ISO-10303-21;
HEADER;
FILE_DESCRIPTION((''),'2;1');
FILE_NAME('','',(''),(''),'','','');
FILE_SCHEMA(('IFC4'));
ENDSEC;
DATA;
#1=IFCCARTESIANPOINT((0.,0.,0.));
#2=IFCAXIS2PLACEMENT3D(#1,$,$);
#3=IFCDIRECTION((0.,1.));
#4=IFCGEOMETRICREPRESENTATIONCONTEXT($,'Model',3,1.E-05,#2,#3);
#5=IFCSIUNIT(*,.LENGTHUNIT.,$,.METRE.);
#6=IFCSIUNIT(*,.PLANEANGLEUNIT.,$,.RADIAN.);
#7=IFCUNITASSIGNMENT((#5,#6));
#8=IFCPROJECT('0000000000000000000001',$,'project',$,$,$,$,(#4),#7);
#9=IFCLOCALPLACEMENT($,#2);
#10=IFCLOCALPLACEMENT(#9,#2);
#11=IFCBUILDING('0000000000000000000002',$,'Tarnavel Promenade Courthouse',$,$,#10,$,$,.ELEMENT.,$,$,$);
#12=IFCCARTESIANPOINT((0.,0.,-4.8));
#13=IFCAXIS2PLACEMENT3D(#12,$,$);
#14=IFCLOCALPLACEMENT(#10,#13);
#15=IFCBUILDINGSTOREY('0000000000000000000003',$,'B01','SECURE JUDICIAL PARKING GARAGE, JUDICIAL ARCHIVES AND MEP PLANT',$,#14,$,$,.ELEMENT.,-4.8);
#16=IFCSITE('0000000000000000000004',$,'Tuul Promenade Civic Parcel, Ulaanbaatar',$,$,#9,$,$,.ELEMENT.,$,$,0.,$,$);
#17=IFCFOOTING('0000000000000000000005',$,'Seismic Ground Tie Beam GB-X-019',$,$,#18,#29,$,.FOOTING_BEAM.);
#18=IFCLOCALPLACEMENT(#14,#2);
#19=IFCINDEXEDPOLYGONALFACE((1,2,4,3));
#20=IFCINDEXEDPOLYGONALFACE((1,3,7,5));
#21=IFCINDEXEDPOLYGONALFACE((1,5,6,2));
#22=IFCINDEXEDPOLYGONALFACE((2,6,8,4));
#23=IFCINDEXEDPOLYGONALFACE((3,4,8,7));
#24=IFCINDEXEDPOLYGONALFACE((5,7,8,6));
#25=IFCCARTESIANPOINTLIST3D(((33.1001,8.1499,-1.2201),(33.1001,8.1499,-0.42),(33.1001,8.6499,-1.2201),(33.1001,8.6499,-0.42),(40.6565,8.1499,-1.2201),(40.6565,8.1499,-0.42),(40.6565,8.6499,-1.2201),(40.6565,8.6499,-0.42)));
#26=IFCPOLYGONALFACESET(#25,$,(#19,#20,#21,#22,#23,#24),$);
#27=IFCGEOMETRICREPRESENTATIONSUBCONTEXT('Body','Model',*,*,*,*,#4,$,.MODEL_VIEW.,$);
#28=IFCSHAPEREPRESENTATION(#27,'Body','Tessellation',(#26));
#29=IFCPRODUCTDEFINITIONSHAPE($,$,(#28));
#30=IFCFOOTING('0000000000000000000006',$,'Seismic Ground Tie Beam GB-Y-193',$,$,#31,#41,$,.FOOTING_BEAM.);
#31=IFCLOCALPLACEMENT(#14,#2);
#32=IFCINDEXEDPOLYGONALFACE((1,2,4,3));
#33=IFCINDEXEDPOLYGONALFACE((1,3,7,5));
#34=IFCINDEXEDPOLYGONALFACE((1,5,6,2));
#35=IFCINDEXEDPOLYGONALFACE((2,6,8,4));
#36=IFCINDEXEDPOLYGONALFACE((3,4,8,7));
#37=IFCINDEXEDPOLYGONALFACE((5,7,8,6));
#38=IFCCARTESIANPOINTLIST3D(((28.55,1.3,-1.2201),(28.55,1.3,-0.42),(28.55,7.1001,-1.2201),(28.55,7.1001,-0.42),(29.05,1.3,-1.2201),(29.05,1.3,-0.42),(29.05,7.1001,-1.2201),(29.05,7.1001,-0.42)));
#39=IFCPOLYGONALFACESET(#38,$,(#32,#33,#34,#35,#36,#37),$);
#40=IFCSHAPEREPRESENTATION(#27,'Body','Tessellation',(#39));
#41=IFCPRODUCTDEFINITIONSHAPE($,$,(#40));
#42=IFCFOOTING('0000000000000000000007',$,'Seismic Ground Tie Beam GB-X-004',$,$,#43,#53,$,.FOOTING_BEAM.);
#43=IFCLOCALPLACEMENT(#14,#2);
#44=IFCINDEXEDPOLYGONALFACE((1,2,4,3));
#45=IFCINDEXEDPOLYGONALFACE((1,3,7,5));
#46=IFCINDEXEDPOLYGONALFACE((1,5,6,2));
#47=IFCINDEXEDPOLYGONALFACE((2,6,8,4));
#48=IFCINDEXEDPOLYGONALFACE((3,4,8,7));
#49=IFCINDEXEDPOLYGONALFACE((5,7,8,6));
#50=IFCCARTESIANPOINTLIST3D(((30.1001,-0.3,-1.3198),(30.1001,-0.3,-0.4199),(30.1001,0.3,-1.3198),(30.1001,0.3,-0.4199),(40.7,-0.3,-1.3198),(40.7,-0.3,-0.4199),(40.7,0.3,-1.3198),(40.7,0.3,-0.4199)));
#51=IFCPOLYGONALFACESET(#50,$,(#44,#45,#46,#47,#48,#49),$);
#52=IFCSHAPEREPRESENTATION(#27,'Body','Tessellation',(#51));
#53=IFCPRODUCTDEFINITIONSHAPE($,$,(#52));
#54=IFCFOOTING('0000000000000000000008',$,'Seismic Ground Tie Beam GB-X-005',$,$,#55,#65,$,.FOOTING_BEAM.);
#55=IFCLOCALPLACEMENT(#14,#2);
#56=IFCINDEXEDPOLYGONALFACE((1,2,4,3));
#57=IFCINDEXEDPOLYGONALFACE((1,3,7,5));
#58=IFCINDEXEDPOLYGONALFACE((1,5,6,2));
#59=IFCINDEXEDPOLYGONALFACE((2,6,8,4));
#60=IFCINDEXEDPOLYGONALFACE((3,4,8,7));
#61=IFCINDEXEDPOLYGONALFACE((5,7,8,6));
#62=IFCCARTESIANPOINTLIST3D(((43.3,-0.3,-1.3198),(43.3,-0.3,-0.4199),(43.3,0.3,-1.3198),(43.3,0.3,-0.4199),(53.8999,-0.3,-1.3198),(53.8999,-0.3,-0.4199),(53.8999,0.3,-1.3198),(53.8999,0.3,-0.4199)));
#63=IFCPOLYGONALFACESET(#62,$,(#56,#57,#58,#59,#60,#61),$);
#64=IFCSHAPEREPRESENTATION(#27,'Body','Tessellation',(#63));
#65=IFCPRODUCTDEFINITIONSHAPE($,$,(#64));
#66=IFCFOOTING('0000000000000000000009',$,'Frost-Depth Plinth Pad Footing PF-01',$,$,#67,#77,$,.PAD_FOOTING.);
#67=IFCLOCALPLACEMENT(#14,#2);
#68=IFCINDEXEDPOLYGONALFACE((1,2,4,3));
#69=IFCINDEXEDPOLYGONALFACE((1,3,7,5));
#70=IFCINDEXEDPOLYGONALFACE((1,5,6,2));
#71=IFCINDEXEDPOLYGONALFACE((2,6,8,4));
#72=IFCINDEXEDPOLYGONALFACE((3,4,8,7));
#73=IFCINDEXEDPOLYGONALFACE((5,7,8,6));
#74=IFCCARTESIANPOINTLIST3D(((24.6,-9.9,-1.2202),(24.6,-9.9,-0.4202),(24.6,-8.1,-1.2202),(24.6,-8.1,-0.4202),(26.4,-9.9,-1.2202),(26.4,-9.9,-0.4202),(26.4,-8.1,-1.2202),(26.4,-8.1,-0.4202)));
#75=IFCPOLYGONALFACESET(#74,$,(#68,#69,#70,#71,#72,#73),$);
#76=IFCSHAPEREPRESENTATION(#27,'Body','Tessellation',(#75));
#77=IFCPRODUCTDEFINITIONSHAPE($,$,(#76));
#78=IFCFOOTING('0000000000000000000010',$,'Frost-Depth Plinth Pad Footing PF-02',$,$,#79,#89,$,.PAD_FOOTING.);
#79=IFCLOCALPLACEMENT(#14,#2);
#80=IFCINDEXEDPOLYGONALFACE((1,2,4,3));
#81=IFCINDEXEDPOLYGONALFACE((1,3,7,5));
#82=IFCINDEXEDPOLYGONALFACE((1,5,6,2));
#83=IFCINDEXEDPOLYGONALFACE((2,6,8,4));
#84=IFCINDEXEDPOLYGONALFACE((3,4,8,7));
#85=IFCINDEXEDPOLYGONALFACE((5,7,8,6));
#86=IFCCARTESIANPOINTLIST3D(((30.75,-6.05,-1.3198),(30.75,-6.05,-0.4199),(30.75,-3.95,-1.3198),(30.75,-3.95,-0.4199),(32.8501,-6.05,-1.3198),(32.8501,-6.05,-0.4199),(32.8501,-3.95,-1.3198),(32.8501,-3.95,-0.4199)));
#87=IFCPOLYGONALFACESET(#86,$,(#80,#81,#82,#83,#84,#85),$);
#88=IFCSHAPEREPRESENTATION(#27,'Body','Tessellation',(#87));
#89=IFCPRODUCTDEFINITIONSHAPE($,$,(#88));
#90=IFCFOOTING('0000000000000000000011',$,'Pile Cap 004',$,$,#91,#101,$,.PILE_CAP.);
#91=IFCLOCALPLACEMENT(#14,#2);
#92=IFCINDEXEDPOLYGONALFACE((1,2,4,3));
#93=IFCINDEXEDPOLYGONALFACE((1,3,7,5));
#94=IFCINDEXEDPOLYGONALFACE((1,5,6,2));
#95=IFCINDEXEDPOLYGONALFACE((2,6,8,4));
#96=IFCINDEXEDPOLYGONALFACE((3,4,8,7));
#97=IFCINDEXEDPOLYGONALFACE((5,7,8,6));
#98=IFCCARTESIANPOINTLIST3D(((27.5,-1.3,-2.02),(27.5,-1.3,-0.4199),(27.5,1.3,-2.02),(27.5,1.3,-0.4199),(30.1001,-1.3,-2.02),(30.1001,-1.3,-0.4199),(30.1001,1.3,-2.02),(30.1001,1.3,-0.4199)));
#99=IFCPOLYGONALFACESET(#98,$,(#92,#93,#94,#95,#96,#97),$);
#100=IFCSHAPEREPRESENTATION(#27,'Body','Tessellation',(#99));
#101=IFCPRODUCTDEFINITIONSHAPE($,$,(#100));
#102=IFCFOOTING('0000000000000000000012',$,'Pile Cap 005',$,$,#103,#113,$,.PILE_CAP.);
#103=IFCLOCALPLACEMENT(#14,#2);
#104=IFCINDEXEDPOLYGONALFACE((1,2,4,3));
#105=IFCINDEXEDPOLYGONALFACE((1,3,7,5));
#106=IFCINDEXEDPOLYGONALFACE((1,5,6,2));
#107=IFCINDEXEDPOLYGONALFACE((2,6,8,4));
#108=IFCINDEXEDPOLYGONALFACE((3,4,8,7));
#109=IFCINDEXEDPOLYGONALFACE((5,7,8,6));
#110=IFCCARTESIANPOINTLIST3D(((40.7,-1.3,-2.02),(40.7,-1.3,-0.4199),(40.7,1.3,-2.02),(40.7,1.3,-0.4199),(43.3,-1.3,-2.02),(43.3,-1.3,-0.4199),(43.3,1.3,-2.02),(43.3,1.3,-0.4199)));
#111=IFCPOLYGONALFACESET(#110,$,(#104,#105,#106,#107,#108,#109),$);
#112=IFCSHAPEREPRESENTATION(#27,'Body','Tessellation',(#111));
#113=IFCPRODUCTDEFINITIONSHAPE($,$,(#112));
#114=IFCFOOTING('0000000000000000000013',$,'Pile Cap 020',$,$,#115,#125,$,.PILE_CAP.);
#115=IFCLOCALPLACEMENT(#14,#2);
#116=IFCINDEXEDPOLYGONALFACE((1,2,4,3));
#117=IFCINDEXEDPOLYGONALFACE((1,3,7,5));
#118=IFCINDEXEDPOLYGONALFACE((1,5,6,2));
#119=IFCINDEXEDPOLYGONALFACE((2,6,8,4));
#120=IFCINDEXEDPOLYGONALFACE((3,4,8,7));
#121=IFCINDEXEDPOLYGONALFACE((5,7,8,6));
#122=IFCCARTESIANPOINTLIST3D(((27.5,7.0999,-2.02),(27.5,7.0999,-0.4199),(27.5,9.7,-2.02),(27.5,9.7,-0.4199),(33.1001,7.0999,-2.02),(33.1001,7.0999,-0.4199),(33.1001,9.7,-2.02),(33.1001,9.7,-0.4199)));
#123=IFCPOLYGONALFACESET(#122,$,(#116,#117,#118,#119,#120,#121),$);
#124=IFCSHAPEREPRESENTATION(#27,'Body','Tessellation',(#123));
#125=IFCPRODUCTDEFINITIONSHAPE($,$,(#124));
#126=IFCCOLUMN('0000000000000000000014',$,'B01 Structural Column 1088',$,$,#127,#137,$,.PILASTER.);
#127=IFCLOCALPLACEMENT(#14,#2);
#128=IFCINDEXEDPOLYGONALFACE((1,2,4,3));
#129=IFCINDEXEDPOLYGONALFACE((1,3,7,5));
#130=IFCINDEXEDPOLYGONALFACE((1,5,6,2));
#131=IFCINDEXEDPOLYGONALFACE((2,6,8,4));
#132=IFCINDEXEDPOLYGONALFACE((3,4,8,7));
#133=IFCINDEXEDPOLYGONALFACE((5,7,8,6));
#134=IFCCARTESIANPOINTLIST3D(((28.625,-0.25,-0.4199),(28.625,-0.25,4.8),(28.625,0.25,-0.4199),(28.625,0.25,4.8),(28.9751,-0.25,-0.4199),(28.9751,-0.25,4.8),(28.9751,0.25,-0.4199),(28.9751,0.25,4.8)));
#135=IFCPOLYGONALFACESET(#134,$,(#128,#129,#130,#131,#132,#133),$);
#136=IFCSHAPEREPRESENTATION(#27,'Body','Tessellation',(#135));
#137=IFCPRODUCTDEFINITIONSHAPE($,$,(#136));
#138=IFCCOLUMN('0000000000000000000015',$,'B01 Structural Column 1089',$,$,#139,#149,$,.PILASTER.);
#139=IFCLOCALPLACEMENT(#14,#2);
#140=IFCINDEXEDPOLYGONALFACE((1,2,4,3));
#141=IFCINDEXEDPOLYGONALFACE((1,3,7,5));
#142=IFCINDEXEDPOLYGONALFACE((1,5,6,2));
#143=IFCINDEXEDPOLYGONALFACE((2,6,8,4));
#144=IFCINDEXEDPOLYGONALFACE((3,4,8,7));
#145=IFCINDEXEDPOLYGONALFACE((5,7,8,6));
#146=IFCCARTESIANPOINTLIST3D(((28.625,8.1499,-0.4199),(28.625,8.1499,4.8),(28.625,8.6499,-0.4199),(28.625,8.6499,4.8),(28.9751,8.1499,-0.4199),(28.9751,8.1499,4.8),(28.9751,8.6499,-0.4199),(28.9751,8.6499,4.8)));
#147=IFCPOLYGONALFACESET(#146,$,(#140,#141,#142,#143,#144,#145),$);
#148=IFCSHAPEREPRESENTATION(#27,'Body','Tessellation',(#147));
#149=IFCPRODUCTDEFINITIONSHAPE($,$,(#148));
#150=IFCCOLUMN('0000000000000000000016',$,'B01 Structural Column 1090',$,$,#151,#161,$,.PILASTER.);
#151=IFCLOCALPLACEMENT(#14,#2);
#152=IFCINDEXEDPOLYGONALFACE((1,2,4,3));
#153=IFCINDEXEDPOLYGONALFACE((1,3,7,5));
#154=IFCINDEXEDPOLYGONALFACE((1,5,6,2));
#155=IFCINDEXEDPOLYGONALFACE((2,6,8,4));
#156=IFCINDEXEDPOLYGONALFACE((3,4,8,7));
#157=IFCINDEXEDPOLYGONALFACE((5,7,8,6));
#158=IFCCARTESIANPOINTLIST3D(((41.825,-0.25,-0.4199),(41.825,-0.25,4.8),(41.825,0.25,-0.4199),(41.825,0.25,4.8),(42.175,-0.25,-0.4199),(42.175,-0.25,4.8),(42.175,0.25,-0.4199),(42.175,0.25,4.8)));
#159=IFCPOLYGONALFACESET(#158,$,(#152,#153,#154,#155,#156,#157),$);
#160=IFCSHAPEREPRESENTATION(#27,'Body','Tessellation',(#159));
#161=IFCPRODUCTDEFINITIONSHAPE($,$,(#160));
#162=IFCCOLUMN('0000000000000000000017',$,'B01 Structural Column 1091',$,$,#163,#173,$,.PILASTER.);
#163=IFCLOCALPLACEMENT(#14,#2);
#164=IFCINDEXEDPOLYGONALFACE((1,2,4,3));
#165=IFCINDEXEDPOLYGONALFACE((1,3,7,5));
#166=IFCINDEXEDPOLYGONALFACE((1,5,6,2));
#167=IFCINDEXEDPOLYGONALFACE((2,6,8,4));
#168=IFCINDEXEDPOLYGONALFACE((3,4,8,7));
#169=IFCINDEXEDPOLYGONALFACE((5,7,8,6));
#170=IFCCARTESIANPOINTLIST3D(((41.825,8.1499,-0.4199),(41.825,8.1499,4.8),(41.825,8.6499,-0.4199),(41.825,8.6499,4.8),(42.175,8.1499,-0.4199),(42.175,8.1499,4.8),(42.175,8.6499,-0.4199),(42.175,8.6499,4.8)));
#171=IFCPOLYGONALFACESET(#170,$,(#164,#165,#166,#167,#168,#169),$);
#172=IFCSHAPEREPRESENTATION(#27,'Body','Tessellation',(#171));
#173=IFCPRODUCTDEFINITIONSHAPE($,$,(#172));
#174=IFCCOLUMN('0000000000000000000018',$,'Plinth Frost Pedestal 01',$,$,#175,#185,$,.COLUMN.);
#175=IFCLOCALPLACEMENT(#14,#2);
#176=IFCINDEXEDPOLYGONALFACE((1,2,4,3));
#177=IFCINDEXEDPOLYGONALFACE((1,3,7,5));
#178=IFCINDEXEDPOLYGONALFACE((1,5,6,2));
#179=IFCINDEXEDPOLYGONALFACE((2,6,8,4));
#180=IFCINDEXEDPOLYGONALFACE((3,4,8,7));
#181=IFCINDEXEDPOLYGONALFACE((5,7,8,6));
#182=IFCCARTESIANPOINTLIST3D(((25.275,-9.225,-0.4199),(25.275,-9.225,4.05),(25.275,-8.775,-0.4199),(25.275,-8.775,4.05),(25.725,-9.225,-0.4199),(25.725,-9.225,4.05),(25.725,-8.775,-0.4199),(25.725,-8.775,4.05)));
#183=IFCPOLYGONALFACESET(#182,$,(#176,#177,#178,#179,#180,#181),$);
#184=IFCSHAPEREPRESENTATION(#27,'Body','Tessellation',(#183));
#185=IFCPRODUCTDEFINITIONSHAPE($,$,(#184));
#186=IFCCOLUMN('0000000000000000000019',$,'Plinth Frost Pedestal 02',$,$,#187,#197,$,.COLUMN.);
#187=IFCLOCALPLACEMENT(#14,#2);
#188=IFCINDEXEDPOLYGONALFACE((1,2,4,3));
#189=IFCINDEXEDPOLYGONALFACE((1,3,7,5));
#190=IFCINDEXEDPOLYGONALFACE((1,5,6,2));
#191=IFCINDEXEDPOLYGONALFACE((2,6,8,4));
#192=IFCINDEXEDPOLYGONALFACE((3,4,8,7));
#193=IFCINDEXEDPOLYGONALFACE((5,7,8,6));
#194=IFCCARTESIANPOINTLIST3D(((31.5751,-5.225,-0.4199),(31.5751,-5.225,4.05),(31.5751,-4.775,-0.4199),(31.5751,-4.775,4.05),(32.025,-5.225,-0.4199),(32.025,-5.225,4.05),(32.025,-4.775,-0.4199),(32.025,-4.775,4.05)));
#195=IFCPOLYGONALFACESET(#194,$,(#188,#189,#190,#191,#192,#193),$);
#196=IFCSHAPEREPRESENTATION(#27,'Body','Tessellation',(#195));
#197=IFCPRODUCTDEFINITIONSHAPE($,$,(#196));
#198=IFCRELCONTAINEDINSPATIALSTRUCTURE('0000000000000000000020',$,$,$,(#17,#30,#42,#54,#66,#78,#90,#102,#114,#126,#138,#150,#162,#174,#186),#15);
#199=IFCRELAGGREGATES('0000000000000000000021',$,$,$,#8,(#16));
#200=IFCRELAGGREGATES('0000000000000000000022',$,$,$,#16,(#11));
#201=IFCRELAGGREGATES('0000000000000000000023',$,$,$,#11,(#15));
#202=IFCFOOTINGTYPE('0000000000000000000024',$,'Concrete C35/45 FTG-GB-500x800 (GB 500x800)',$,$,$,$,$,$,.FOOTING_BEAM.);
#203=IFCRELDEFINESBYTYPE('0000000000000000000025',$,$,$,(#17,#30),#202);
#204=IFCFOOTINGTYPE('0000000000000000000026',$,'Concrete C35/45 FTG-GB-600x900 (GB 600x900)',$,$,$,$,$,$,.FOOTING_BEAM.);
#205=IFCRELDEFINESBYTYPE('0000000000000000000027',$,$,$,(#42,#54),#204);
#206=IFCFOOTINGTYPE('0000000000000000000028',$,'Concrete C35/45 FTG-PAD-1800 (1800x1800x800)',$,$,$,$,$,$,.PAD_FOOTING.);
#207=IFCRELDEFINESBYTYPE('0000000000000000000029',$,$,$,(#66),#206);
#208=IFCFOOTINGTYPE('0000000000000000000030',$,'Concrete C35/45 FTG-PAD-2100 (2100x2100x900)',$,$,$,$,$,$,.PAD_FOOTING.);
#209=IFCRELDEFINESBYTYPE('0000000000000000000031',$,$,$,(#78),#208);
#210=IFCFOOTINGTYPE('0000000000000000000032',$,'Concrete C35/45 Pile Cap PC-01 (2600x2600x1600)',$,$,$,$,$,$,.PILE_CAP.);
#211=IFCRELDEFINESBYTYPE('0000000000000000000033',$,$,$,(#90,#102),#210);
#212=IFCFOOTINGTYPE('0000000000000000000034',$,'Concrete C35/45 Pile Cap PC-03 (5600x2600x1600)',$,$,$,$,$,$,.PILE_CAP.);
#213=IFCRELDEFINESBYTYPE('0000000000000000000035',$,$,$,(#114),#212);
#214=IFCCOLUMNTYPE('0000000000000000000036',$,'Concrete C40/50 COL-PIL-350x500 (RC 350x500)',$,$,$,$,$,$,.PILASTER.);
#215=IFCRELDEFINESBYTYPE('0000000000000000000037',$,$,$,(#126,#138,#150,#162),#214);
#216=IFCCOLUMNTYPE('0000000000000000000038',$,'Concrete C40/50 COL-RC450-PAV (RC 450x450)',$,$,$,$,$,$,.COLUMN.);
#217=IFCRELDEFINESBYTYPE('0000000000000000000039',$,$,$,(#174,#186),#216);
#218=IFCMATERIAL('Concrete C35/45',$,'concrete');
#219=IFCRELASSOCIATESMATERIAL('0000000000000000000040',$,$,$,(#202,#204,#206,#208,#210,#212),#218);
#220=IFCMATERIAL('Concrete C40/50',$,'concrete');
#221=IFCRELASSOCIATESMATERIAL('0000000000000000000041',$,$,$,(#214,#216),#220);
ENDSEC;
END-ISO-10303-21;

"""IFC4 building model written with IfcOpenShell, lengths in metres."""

from ifc_helpers import new_model, si_unit, direction, frame, origin, origin_2d, place, context, subcontext, project, spatial, rectangle, extrude, material, material_profile, profile_set, type_object, element, save


model = new_model("IFC4")

# Units and contexts
model_context = context("Model", 3, precision=1e-05, world=origin(), true_north=direction((0.0, 1.0)))
body_context = subcontext(model_context, "Body", "Model", "MODEL_VIEW")
ifc_project = project(units=[si_unit("LENGTHUNIT", "METRE"), si_unit("PLANEANGLEUNIT", "RADIAN")], contexts=[model_context])

# Site, building, storey
site_placement = place(None, origin())
site = spatial("IfcSite", under=ifc_project, at=site_placement, Name="Tuul Promenade Civic Parcel, Ulaanbaatar", CompositionType="ELEMENT", RefElevation=0.0)
building_placement = place(site_placement, origin())
building = spatial("IfcBuilding", under=site, at=building_placement, Name="Tarnavel Promenade Courthouse", CompositionType="ELEMENT")
storey_placement = place(building_placement, frame((0.0, 0.0, -4.8)))
storey = spatial("IfcBuildingStorey", under=building, at=storey_placement, Name="B01", Description="SECURE JUDICIAL PARKING GARAGE, JUDICIAL ARCHIVES AND MEP PLANT", CompositionType="ELEMENT", Elevation=-4.8)

# Footings
ifc_material_1 = material(Name="Concrete C35/45", Category="concrete")
ifc_material_profile_1 = material_profile(ifc_material_1, rectangle(XDim=0.5, YDim=0.8, at=origin_2d()), Name="GB 500x800")
ifc_profile_set_1 = profile_set([ifc_material_profile_1], Name="Concrete C35/45")
footing_type_1 = type_object("IfcFootingType", Name="Concrete C35/45 FTG-GB-500x800 (GB 500x800)", PredefinedType="FOOTING_BEAM", material=ifc_profile_set_1)
footing_1_placement = place(storey_placement, frame((33.1001, 8.3999, -0.8201), z_axis=(1.0, 0.0, 0.0), x_axis=(0.0, 1.0, 0.0)))
element("IfcFooting", 1, at=footing_1_placement, inside=storey, type_object=footing_type_1, Name="Seismic Ground Tie Beam GB-X-019", PredefinedType="FOOTING_BEAM", context=body_context, shape_type="SweptSolid", body=[
    extrude(rectangle(XDim=0.5, YDim=0.8, at=origin_2d()), origin(), (0.0, 0.0, 1.0), 7.5564),
])
footing_2_placement = place(storey_placement, frame((28.8, 1.3, -0.8201), z_axis=(0.0, 1.0, 0.0), x_axis=(-1.0, 0.0, 0.0)))
element("IfcFooting", 2, at=footing_2_placement, inside=storey, type_object=footing_type_1, Name="Seismic Ground Tie Beam GB-Y-193", PredefinedType="FOOTING_BEAM", context=body_context, shape_type="SweptSolid", body=[
    extrude(rectangle(XDim=0.5, YDim=0.8, at=origin_2d()), origin(), (0.0, 0.0, 1.0), 5.8),
])
ifc_material_profile_2 = material_profile(ifc_material_1, rectangle(XDim=0.6001, YDim=0.8999, at=origin_2d()), Name="GB 600x900")
ifc_profile_set_2 = profile_set([ifc_material_profile_2], Name="Concrete C35/45")
footing_type_2 = type_object("IfcFootingType", Name="Concrete C35/45 FTG-GB-600x900 (GB 600x900)", PredefinedType="FOOTING_BEAM", material=ifc_profile_set_2)
for number, where, z_axis, x_axis, name in (
    (3, (30.1001, 0.0, -0.8699), (1.0, 0.0, 0.0), (0.0, 1.0, 0.0), "Seismic Ground Tie Beam GB-X-004"),
    (4, (43.3, 0.0, -0.8699), (1.0, 0.0, 0.0), (0.0, 1.0, 0.0), "Seismic Ground Tie Beam GB-X-005"),
):
    element("IfcFooting", number, at=place(storey_placement, frame(where, z_axis=z_axis, x_axis=x_axis)), inside=storey, type_object=footing_type_2, Name=name, PredefinedType="FOOTING_BEAM", context=body_context, shape_type="SweptSolid", body=[
        extrude(rectangle(XDim=0.6001, YDim=0.8999, at=origin_2d()), origin(), (0.0, 0.0, 1.0), 10.5999),
    ])
footing_type_3 = type_object("IfcFootingType", Name="Concrete C35/45 FTG-PAD-1800 (1800x1800x800)", PredefinedType="PAD_FOOTING", material=ifc_material_1)
footing_3_placement = place(storey_placement, frame((25.5, -9.0, -1.2202), z_axis=(0.0, 0.0, 1.0), x_axis=(1.0, 0.0, 0.0)))
element("IfcFooting", 5, at=footing_3_placement, inside=storey, type_object=footing_type_3, Name="Frost-Depth Plinth Pad Footing PF-01", PredefinedType="PAD_FOOTING", context=body_context, shape_type="SweptSolid", body=[
    extrude(rectangle(XDim=1.8, YDim=1.8, at=origin_2d()), origin(), (0.0, 0.0, 1.0), 0.8),
])
footing_type_4 = type_object("IfcFootingType", Name="Concrete C35/45 FTG-PAD-2100 (2100x2100x900)", PredefinedType="PAD_FOOTING", material=ifc_material_1)
footing_4_placement = place(storey_placement, frame((31.8, -5.0, -1.3198), z_axis=(0.0, 0.0, 1.0), x_axis=(1.0, 0.0, 0.0)))
element("IfcFooting", 6, at=footing_4_placement, inside=storey, type_object=footing_type_4, Name="Frost-Depth Plinth Pad Footing PF-02", PredefinedType="PAD_FOOTING", context=body_context, shape_type="SweptSolid", body=[
    extrude(rectangle(XDim=2.1001, YDim=2.1001, at=origin_2d()), origin(), (0.0, 0.0, 1.0), 0.8999),
])
footing_type_5 = type_object("IfcFootingType", Name="Concrete C35/45 Pile Cap PC-01 (2600x2600x1600)", PredefinedType="PILE_CAP", material=ifc_material_1)
for number, where, z_axis, x_axis, name in (
    (7, (28.8, 0.0, -2.02), (0.0, 0.0, 1.0), (1.0, 0.0, 0.0), "Pile Cap 004"),
    (8, (42.0, 0.0, -2.02), (0.0, 0.0, 1.0), (1.0, 0.0, 0.0), "Pile Cap 005"),
):
    element("IfcFooting", number, at=place(storey_placement, frame(where, z_axis=z_axis, x_axis=x_axis)), inside=storey, type_object=footing_type_5, Name=name, PredefinedType="PILE_CAP", context=body_context, shape_type="SweptSolid", body=[
        extrude(rectangle(XDim=2.6001, YDim=2.6001, at=origin_2d()), origin(), (0.0, 0.0, 1.0), 1.6001),
    ])
footing_type_6 = type_object("IfcFootingType", Name="Concrete C35/45 Pile Cap PC-03 (5600x2600x1600)", PredefinedType="PILE_CAP", material=ifc_material_1)
footing_5_placement = place(storey_placement, frame((30.3, 8.3999, -2.02), z_axis=(0.0, 0.0, 1.0), x_axis=(1.0, 0.0, 0.0)))
element("IfcFooting", 9, at=footing_5_placement, inside=storey, type_object=footing_type_6, Name="Pile Cap 020", PredefinedType="PILE_CAP", context=body_context, shape_type="SweptSolid", body=[
    extrude(rectangle(XDim=5.6001, YDim=2.6001, at=origin_2d()), origin(), (0.0, 0.0, 1.0), 1.6001),
])

# Columns
ifc_material_2 = material(Name="Concrete C40/50", Category="concrete")
ifc_material_profile_3 = material_profile(ifc_material_2, rectangle(XDim=0.3501, YDim=0.5, at=origin_2d()), Name="RC 350x500")
ifc_profile_set_3 = profile_set([ifc_material_profile_3], Name="Concrete C40/50")
column_type_1 = type_object("IfcColumnType", Name="Concrete C40/50 COL-PIL-350x500 (RC 350x500)", PredefinedType="PILASTER", material=ifc_profile_set_3)
for number, where, z_axis, x_axis, name in (
    (10, (28.8, 0.0, -0.4199), (0.0, 0.0, 1.0), (1.0, 0.0, 0.0), "B01 Structural Column 1088"),
    (11, (28.8, 8.3999, -0.4199), (0.0, 0.0, 1.0), (1.0, 0.0, 0.0), "B01 Structural Column 1089"),
    (12, (42.0, 0.0, -0.4199), (0.0, 0.0, 1.0), (1.0, 0.0, 0.0), "B01 Structural Column 1090"),
    (13, (42.0, 8.3999, -0.4199), (0.0, 0.0, 1.0), (1.0, 0.0, 0.0), "B01 Structural Column 1091"),
):
    element("IfcColumn", number, at=place(storey_placement, frame(where, z_axis=z_axis, x_axis=x_axis)), inside=storey, type_object=column_type_1, Name=name, PredefinedType="PILASTER", context=body_context, shape_type="SweptSolid", body=[
        extrude(rectangle(XDim=0.3501, YDim=0.5, at=origin_2d()), origin(), (0.0, 0.0, 1.0), 5.22),
    ])
ifc_material_profile_4 = material_profile(ifc_material_2, rectangle(XDim=0.45, YDim=0.45, at=origin_2d()), Name="RC 450x450")
ifc_profile_set_4 = profile_set([ifc_material_profile_4], Name="Concrete C40/50")
column_type_2 = type_object("IfcColumnType", Name="Concrete C40/50 COL-RC450-PAV (RC 450x450)", PredefinedType="COLUMN", material=ifc_profile_set_4)
for number, where, z_axis, x_axis, name in (
    (14, (25.5, -9.0, -0.4199), (0.0, 0.0, 1.0), (1.0, 0.0, 0.0), "Plinth Frost Pedestal 01"),
    (15, (31.8, -5.0, -0.4199), (0.0, 0.0, 1.0), (1.0, 0.0, 0.0), "Plinth Frost Pedestal 02"),
):
    element("IfcColumn", number, at=place(storey_placement, frame(where, z_axis=z_axis, x_axis=x_axis)), inside=storey, type_object=column_type_2, Name=name, PredefinedType="COLUMN", context=body_context, shape_type="SweptSolid", body=[
        extrude(rectangle(XDim=0.45, YDim=0.45, at=origin_2d()), origin(), (0.0, 0.0, 1.0), 4.47),
    ])

save(model, "model.ifc")
